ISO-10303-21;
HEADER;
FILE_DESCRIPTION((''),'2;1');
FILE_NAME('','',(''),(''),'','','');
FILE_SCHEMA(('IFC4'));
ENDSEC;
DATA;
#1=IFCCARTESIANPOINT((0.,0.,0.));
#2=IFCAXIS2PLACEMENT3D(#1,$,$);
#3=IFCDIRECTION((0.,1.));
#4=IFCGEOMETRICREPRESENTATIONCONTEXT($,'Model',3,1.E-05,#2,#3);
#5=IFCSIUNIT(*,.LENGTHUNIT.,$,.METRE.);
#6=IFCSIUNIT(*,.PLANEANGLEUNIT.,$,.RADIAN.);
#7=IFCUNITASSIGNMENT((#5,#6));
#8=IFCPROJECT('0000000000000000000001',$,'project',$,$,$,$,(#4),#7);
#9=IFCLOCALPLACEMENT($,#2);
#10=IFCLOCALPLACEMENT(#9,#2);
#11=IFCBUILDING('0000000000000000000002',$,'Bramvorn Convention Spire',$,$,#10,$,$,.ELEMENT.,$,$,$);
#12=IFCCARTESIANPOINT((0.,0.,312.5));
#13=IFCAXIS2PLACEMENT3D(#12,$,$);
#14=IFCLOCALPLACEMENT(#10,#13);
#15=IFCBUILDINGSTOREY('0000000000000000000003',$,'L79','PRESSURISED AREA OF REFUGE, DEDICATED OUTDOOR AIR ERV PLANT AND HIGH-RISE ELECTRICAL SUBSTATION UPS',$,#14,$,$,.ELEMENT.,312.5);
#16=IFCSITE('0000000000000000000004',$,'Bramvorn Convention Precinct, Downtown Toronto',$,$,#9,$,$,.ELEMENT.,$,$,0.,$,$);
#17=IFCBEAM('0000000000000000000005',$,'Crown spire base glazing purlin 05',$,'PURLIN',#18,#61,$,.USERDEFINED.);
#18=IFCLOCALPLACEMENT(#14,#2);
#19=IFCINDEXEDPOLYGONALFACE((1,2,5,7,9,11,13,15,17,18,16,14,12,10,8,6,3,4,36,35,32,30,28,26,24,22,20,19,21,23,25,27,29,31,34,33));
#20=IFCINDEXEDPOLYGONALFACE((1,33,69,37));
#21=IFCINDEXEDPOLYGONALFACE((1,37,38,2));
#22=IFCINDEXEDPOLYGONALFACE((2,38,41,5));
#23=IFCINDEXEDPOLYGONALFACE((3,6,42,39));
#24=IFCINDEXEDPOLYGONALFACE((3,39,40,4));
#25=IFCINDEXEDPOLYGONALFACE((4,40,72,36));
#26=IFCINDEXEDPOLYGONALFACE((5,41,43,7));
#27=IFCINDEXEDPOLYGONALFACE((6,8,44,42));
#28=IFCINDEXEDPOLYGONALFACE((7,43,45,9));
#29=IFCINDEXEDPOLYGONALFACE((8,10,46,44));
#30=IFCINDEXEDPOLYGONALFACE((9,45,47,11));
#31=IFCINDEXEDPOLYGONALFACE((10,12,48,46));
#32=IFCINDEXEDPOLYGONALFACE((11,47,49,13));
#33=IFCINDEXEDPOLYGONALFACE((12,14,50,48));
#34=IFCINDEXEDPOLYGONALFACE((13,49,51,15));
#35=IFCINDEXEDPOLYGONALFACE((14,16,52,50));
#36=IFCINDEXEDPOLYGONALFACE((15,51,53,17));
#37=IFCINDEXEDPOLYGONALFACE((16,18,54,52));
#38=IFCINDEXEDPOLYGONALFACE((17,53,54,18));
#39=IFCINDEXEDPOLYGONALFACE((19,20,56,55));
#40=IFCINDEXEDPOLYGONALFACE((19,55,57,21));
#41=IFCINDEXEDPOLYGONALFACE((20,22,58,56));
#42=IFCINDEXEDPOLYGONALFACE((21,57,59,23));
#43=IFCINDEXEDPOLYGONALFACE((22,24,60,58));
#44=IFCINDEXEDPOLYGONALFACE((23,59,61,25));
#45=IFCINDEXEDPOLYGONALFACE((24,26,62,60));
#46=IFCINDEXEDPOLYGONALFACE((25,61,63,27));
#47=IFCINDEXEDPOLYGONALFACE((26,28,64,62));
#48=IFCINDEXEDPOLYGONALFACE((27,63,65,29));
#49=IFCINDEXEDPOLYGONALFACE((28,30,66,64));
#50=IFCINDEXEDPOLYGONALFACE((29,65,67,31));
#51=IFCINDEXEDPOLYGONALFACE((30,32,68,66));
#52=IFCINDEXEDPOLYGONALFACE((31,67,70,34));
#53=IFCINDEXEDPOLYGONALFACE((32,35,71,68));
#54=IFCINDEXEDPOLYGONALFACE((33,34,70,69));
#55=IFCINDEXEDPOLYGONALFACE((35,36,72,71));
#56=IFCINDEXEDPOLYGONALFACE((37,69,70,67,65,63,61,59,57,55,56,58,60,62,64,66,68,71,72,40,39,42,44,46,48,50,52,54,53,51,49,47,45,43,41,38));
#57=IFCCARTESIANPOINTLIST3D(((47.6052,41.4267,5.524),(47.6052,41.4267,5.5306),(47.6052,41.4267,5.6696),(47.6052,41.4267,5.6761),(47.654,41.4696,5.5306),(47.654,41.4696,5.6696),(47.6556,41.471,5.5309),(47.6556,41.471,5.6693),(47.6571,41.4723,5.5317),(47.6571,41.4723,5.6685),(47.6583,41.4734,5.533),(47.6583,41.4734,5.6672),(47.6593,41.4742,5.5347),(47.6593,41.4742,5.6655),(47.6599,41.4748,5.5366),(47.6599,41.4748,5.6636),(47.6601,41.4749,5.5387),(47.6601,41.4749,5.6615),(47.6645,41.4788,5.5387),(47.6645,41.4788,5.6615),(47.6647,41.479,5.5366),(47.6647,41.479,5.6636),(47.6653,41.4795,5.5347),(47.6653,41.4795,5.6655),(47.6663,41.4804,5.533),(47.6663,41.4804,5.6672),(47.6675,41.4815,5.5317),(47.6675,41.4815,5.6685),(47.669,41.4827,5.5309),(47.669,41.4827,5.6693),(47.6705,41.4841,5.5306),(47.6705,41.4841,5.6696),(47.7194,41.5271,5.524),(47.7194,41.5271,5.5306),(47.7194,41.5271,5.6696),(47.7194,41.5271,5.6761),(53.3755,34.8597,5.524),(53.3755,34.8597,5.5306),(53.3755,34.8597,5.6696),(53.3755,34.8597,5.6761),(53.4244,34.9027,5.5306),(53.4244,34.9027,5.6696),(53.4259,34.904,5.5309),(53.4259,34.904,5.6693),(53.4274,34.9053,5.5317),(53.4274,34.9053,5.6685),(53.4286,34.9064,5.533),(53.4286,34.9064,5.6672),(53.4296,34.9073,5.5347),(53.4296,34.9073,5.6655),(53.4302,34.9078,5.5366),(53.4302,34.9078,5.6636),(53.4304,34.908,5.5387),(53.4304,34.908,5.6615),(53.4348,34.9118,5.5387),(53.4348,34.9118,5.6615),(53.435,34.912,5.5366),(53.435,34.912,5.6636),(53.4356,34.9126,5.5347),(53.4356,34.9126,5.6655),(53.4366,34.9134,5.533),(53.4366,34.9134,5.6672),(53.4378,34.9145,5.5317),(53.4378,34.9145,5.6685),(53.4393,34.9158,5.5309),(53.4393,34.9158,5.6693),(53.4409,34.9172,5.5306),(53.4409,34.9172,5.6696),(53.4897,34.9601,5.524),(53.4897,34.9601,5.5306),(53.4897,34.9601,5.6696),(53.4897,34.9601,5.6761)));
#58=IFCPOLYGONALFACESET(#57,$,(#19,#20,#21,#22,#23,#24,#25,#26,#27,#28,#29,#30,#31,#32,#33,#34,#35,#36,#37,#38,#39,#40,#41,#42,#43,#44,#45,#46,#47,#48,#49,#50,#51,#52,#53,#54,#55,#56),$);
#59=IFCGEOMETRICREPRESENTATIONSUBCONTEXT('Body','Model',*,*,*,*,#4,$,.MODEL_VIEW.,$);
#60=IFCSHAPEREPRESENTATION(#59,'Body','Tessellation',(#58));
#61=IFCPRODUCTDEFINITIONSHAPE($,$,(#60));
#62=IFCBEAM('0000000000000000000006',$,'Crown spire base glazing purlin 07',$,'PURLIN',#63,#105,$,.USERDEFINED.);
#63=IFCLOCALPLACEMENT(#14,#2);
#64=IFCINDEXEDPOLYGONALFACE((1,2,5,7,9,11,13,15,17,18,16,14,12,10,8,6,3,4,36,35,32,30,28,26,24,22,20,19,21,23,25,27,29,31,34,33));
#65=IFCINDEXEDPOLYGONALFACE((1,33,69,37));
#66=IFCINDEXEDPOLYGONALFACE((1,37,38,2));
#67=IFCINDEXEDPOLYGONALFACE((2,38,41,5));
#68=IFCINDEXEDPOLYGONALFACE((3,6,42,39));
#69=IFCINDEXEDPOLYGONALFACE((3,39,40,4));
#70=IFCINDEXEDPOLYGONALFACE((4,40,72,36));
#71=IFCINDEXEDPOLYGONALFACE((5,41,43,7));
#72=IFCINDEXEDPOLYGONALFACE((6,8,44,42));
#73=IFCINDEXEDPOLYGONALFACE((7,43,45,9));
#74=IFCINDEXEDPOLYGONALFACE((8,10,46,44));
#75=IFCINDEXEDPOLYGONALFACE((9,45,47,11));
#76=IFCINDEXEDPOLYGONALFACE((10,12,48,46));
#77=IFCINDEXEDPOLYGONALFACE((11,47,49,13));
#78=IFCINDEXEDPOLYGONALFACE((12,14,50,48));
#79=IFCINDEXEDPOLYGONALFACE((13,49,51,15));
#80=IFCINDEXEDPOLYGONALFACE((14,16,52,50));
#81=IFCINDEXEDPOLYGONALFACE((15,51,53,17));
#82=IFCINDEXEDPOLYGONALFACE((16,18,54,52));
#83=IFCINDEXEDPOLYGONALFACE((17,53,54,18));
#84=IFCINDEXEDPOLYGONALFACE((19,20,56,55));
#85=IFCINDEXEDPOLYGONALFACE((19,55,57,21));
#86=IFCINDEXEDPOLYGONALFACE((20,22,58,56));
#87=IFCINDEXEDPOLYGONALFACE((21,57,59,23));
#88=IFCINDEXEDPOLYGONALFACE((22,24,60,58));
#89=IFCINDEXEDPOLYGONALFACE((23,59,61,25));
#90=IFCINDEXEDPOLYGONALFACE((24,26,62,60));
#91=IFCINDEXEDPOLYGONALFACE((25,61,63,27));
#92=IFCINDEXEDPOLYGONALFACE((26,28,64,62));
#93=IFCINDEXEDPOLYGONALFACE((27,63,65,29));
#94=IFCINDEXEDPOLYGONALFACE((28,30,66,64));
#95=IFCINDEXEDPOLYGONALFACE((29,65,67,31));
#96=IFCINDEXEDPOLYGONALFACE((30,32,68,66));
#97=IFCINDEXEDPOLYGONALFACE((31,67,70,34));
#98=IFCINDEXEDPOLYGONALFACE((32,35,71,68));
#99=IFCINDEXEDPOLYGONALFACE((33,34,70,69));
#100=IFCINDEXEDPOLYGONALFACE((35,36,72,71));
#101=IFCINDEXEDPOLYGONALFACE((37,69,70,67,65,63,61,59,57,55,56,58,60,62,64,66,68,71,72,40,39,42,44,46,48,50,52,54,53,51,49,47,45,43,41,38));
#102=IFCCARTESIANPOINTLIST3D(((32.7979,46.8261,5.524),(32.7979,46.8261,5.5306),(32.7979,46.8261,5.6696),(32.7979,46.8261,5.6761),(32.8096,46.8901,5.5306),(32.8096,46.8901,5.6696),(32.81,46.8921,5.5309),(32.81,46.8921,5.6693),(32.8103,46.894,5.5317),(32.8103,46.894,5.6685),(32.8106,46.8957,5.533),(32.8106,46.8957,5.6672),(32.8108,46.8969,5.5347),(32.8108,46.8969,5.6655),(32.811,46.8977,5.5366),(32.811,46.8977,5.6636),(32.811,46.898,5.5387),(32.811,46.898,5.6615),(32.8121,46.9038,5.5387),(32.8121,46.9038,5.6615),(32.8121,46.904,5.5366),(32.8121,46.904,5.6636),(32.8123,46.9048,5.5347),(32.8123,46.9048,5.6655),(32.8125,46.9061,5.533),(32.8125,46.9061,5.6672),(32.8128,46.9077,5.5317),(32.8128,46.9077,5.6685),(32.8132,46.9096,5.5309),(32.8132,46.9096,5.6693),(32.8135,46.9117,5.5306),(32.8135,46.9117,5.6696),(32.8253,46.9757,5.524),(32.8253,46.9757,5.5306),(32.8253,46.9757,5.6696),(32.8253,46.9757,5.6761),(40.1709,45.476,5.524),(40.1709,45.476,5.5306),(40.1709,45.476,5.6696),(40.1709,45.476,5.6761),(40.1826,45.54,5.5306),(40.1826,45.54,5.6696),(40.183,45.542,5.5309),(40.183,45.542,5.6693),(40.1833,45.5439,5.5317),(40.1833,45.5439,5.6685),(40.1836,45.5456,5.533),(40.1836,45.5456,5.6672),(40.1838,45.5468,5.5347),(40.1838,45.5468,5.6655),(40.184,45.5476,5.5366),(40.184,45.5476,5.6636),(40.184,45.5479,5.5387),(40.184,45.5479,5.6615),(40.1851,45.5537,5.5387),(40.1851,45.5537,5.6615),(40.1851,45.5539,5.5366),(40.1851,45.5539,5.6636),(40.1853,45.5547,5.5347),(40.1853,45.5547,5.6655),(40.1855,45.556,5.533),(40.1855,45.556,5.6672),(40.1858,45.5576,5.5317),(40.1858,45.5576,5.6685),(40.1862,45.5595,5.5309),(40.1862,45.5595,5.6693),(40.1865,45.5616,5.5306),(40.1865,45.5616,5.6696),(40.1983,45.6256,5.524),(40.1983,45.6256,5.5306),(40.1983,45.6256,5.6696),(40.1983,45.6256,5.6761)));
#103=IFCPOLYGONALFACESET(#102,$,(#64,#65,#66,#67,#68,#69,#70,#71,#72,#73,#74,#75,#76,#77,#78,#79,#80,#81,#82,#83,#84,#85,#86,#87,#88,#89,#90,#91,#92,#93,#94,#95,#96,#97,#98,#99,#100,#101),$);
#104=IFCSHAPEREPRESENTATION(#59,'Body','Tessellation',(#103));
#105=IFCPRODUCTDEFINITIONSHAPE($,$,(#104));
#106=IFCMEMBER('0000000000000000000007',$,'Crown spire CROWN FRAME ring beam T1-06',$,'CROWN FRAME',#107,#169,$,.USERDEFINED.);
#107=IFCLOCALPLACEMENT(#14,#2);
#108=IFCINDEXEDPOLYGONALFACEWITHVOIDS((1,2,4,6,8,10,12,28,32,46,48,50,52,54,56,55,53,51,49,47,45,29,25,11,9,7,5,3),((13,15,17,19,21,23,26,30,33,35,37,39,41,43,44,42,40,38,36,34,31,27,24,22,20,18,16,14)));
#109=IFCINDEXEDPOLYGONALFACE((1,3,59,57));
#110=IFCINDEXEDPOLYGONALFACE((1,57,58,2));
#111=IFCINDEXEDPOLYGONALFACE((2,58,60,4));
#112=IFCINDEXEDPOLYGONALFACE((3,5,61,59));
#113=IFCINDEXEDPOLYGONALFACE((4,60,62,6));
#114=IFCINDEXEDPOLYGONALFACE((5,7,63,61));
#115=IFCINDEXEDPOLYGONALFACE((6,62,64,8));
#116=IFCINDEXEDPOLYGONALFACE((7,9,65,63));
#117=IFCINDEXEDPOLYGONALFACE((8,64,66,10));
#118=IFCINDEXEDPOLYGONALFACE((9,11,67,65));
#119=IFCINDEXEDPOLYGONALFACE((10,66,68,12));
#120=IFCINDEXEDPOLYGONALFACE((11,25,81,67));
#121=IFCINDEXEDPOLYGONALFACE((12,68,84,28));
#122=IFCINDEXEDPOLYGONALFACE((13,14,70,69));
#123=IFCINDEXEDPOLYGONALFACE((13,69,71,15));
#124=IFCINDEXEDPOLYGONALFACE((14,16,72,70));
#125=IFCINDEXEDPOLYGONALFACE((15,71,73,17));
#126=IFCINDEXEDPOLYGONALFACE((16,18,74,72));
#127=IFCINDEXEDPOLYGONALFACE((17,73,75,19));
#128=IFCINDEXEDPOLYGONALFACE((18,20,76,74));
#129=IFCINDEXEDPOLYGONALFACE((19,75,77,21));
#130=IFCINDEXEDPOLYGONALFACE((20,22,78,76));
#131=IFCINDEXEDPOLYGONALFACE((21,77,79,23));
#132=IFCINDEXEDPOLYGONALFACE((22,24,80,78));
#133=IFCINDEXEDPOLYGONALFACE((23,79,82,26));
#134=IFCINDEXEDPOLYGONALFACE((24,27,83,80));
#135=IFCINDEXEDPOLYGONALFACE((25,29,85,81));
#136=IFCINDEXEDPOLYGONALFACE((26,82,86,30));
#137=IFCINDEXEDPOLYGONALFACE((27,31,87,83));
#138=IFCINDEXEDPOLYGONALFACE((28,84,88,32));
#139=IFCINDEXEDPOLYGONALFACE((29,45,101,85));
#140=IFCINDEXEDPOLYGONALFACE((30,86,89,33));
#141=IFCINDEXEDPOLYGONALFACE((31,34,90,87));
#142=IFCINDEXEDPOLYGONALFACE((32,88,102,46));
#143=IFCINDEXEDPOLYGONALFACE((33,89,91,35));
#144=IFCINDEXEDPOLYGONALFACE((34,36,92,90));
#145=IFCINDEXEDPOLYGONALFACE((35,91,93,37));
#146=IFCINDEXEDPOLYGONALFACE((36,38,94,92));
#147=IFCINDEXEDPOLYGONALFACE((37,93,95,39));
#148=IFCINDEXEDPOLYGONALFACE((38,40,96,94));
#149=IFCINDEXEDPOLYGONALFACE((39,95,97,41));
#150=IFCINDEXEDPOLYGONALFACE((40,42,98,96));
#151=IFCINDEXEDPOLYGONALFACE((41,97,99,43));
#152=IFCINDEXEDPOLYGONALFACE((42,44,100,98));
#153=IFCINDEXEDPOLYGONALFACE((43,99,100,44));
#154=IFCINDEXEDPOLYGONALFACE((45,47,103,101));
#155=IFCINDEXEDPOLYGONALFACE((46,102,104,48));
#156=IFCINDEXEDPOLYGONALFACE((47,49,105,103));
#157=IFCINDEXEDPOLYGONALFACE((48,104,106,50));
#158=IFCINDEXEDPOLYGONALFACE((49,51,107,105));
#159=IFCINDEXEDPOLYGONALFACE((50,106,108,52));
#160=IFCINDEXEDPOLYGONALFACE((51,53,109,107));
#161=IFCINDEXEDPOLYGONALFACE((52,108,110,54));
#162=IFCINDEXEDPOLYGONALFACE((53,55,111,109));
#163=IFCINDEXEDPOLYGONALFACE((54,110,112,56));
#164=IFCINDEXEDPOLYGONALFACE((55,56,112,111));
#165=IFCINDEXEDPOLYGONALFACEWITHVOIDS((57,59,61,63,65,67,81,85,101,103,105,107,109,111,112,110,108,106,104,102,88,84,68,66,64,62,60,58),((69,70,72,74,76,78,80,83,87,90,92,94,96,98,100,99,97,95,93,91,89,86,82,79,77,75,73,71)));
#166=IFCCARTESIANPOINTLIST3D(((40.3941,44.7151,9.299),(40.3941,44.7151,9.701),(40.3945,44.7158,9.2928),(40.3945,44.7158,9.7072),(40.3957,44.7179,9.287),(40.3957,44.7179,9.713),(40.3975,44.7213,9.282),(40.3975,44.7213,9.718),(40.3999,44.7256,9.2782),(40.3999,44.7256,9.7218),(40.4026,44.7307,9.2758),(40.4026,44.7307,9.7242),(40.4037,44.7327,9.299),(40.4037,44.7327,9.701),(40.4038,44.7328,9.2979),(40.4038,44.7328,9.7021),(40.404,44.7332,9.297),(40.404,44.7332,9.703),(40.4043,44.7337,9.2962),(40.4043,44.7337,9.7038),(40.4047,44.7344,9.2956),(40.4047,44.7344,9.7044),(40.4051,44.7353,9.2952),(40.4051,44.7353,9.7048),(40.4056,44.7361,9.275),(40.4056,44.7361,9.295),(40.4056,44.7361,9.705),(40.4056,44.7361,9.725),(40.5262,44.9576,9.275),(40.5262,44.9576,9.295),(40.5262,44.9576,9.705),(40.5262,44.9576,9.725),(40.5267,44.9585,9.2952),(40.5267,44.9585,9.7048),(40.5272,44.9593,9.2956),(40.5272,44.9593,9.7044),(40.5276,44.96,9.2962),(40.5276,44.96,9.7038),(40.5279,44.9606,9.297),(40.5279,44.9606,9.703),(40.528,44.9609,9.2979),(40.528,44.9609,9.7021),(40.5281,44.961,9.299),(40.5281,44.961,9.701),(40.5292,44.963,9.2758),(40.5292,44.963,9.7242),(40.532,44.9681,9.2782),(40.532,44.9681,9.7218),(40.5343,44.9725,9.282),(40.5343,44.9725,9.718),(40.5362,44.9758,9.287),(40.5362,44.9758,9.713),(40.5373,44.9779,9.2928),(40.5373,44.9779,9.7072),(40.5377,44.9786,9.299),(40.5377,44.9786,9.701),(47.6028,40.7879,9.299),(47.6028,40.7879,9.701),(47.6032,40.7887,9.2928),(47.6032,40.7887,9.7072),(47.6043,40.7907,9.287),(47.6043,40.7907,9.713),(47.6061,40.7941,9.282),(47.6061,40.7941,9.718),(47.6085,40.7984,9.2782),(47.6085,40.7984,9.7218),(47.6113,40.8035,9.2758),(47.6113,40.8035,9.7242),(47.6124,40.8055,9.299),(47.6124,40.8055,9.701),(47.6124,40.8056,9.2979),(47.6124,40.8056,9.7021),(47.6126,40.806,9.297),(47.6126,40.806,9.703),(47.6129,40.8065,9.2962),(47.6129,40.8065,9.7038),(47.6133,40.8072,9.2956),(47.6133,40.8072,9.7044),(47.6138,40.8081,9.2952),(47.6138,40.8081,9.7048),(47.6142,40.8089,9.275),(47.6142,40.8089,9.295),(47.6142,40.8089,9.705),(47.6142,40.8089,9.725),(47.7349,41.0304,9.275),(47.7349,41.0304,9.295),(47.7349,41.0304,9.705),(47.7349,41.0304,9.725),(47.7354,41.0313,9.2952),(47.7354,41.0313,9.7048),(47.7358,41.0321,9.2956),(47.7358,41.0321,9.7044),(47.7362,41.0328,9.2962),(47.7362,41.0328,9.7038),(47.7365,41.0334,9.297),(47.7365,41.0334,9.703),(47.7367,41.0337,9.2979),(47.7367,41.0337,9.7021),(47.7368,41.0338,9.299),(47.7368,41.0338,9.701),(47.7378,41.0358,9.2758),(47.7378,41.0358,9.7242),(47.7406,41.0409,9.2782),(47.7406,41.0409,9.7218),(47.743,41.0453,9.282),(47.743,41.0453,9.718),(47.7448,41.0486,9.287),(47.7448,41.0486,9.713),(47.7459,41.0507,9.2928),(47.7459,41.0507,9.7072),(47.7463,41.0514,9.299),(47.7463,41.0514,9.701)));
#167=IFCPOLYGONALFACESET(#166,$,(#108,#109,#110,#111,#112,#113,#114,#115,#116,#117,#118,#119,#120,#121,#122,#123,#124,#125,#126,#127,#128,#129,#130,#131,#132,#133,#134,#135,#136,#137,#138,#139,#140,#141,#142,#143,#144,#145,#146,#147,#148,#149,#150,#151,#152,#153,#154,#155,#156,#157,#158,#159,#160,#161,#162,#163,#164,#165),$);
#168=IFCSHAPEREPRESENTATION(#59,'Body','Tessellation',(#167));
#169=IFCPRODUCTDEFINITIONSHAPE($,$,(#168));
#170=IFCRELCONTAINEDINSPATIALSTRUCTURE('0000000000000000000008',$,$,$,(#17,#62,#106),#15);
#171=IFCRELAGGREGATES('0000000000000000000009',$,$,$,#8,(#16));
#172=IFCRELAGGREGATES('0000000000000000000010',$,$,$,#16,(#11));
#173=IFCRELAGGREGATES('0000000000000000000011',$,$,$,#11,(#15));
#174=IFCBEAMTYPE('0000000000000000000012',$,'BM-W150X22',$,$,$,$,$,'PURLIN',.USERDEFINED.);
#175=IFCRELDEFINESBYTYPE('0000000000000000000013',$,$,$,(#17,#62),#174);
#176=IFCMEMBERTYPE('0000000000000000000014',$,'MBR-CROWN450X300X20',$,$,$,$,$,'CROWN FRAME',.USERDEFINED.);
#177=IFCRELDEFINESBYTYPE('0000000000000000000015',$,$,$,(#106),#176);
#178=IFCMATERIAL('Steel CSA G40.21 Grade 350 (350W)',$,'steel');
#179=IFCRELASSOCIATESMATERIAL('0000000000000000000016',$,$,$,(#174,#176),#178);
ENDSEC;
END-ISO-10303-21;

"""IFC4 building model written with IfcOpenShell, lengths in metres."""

from ifc_helpers import new_model, si_unit, direction, frame, origin, origin_2d, place, context, subcontext, project, spatial, hollow_rectangle, i_section, extrude, material, material_profile, profile_set, type_object, element, save


model = new_model("IFC4")

# Units and contexts
model_context = context("Model", 3, precision=1e-05, world=origin(), true_north=direction((0.0, 1.0)))
body_context = subcontext(model_context, "Body", "Model", "MODEL_VIEW")
ifc_project = project(units=[si_unit("LENGTHUNIT", "METRE"), si_unit("PLANEANGLEUNIT", "RADIAN")], contexts=[model_context])

# Site, building, storey
site_placement = place(None, origin())
site = spatial("IfcSite", under=ifc_project, at=site_placement, Name="Bramvorn Convention Precinct, Downtown Toronto", CompositionType="ELEMENT", RefElevation=0.0)
building_placement = place(site_placement, origin())
building = spatial("IfcBuilding", under=site, at=building_placement, Name="Bramvorn Convention Spire", CompositionType="ELEMENT")
storey_placement = place(building_placement, frame((0.0, 0.0, 312.5)))
storey = spatial("IfcBuildingStorey", under=building, at=storey_placement, Name="L79", Description="PRESSURISED AREA OF REFUGE, DEDICATED OUTDOOR AIR ERV PLANT AND HIGH-RISE ELECTRICAL SUBSTATION UPS", CompositionType="ELEMENT", Elevation=312.5)

# Beams
ifc_material_1 = material(Name="Steel CSA G40.21 Grade 350 (350W)", Category="steel")
ifc_material_profile_1 = material_profile(ifc_material_1, i_section(OverallWidth=0.1521, OverallDepth=0.1521, WebThickness=0.0059, FlangeThickness=0.0066, FilletRadius=0.0081, at=origin_2d()))
ifc_profile_set_1 = profile_set([ifc_material_profile_1], Name="Steel CSA G40.21 Grade 350 (350W) - W150X22")
beam_type = type_object("IfcBeamType", Name="BM-W150X22", ElementType="PURLIN", PredefinedType="USERDEFINED", material=ifc_profile_set_1)
beam_1_placement = place(storey_placement, frame((53.4326, 34.9099, 5.6001), z_axis=(-0.660073, 0.751201, 0.0), x_axis=(-0.751201, -0.660073, 0.0)))
element("IfcBeam", 1, at=beam_1_placement, inside=storey, type_object=beam_type, Name="Crown spire base glazing purlin 05", ObjectType="PURLIN", PredefinedType="USERDEFINED", context=body_context, shape_type="SweptSolid", body=[
    extrude(i_section(OverallWidth=0.1521, OverallDepth=0.1521, WebThickness=0.0059, FlangeThickness=0.0066, FilletRadius=0.0081, at=origin_2d()), origin(), (0.0, 0.0, 1.0), 8.7419),
])
beam_2_placement = place(storey_placement, frame((40.1846, 45.5508, 5.6001), z_axis=(-0.983645, 0.180118, 0.0), x_axis=(-0.180118, -0.983645, 0.0)))
element("IfcBeam", 2, at=beam_2_placement, inside=storey, type_object=beam_type, Name="Crown spire base glazing purlin 07", ObjectType="PURLIN", PredefinedType="USERDEFINED", context=body_context, shape_type="SweptSolid", body=[
    extrude(i_section(OverallWidth=0.1521, OverallDepth=0.1521, WebThickness=0.0059, FlangeThickness=0.0066, FilletRadius=0.0081, at=origin_2d()), origin(), (0.0, 0.0, 1.0), 7.4956),
])

# Member
ifc_material_profile_2 = material_profile(ifc_material_1, hollow_rectangle(XDim=0.3, YDim=0.45, WallThickness=0.02, InnerFilletRadius=0.0039, OuterFilletRadius=0.0239, at=origin_2d()))
ifc_profile_set_2 = profile_set([ifc_material_profile_2], Name="Steel CSA G40.21 Grade 350 (350W) - CROWN450X300X20")
member_type = type_object("IfcMemberType", Name="MBR-CROWN450X300X20", ElementType="CROWN FRAME", PredefinedType="USERDEFINED", material=ifc_profile_set_2)
member_1_placement = place(storey_placement, frame((47.6746, 40.9197, 9.5), z_axis=(-0.878141, 0.478402, 0.0), x_axis=(-0.478402, -0.878141, 0.0)))
element("IfcMember", 3, at=member_1_placement, inside=storey, type_object=member_type, Name="Crown spire CROWN FRAME ring beam T1-06", ObjectType="CROWN FRAME", PredefinedType="USERDEFINED", context=body_context, shape_type="SweptSolid", body=[
    extrude(hollow_rectangle(XDim=0.3, YDim=0.45, WallThickness=0.02, InnerFilletRadius=0.0039, OuterFilletRadius=0.0239, at=origin_2d()), origin(), (0.0, 0.0, 1.0), 8.209),
])

save(model, "model.ifc")
